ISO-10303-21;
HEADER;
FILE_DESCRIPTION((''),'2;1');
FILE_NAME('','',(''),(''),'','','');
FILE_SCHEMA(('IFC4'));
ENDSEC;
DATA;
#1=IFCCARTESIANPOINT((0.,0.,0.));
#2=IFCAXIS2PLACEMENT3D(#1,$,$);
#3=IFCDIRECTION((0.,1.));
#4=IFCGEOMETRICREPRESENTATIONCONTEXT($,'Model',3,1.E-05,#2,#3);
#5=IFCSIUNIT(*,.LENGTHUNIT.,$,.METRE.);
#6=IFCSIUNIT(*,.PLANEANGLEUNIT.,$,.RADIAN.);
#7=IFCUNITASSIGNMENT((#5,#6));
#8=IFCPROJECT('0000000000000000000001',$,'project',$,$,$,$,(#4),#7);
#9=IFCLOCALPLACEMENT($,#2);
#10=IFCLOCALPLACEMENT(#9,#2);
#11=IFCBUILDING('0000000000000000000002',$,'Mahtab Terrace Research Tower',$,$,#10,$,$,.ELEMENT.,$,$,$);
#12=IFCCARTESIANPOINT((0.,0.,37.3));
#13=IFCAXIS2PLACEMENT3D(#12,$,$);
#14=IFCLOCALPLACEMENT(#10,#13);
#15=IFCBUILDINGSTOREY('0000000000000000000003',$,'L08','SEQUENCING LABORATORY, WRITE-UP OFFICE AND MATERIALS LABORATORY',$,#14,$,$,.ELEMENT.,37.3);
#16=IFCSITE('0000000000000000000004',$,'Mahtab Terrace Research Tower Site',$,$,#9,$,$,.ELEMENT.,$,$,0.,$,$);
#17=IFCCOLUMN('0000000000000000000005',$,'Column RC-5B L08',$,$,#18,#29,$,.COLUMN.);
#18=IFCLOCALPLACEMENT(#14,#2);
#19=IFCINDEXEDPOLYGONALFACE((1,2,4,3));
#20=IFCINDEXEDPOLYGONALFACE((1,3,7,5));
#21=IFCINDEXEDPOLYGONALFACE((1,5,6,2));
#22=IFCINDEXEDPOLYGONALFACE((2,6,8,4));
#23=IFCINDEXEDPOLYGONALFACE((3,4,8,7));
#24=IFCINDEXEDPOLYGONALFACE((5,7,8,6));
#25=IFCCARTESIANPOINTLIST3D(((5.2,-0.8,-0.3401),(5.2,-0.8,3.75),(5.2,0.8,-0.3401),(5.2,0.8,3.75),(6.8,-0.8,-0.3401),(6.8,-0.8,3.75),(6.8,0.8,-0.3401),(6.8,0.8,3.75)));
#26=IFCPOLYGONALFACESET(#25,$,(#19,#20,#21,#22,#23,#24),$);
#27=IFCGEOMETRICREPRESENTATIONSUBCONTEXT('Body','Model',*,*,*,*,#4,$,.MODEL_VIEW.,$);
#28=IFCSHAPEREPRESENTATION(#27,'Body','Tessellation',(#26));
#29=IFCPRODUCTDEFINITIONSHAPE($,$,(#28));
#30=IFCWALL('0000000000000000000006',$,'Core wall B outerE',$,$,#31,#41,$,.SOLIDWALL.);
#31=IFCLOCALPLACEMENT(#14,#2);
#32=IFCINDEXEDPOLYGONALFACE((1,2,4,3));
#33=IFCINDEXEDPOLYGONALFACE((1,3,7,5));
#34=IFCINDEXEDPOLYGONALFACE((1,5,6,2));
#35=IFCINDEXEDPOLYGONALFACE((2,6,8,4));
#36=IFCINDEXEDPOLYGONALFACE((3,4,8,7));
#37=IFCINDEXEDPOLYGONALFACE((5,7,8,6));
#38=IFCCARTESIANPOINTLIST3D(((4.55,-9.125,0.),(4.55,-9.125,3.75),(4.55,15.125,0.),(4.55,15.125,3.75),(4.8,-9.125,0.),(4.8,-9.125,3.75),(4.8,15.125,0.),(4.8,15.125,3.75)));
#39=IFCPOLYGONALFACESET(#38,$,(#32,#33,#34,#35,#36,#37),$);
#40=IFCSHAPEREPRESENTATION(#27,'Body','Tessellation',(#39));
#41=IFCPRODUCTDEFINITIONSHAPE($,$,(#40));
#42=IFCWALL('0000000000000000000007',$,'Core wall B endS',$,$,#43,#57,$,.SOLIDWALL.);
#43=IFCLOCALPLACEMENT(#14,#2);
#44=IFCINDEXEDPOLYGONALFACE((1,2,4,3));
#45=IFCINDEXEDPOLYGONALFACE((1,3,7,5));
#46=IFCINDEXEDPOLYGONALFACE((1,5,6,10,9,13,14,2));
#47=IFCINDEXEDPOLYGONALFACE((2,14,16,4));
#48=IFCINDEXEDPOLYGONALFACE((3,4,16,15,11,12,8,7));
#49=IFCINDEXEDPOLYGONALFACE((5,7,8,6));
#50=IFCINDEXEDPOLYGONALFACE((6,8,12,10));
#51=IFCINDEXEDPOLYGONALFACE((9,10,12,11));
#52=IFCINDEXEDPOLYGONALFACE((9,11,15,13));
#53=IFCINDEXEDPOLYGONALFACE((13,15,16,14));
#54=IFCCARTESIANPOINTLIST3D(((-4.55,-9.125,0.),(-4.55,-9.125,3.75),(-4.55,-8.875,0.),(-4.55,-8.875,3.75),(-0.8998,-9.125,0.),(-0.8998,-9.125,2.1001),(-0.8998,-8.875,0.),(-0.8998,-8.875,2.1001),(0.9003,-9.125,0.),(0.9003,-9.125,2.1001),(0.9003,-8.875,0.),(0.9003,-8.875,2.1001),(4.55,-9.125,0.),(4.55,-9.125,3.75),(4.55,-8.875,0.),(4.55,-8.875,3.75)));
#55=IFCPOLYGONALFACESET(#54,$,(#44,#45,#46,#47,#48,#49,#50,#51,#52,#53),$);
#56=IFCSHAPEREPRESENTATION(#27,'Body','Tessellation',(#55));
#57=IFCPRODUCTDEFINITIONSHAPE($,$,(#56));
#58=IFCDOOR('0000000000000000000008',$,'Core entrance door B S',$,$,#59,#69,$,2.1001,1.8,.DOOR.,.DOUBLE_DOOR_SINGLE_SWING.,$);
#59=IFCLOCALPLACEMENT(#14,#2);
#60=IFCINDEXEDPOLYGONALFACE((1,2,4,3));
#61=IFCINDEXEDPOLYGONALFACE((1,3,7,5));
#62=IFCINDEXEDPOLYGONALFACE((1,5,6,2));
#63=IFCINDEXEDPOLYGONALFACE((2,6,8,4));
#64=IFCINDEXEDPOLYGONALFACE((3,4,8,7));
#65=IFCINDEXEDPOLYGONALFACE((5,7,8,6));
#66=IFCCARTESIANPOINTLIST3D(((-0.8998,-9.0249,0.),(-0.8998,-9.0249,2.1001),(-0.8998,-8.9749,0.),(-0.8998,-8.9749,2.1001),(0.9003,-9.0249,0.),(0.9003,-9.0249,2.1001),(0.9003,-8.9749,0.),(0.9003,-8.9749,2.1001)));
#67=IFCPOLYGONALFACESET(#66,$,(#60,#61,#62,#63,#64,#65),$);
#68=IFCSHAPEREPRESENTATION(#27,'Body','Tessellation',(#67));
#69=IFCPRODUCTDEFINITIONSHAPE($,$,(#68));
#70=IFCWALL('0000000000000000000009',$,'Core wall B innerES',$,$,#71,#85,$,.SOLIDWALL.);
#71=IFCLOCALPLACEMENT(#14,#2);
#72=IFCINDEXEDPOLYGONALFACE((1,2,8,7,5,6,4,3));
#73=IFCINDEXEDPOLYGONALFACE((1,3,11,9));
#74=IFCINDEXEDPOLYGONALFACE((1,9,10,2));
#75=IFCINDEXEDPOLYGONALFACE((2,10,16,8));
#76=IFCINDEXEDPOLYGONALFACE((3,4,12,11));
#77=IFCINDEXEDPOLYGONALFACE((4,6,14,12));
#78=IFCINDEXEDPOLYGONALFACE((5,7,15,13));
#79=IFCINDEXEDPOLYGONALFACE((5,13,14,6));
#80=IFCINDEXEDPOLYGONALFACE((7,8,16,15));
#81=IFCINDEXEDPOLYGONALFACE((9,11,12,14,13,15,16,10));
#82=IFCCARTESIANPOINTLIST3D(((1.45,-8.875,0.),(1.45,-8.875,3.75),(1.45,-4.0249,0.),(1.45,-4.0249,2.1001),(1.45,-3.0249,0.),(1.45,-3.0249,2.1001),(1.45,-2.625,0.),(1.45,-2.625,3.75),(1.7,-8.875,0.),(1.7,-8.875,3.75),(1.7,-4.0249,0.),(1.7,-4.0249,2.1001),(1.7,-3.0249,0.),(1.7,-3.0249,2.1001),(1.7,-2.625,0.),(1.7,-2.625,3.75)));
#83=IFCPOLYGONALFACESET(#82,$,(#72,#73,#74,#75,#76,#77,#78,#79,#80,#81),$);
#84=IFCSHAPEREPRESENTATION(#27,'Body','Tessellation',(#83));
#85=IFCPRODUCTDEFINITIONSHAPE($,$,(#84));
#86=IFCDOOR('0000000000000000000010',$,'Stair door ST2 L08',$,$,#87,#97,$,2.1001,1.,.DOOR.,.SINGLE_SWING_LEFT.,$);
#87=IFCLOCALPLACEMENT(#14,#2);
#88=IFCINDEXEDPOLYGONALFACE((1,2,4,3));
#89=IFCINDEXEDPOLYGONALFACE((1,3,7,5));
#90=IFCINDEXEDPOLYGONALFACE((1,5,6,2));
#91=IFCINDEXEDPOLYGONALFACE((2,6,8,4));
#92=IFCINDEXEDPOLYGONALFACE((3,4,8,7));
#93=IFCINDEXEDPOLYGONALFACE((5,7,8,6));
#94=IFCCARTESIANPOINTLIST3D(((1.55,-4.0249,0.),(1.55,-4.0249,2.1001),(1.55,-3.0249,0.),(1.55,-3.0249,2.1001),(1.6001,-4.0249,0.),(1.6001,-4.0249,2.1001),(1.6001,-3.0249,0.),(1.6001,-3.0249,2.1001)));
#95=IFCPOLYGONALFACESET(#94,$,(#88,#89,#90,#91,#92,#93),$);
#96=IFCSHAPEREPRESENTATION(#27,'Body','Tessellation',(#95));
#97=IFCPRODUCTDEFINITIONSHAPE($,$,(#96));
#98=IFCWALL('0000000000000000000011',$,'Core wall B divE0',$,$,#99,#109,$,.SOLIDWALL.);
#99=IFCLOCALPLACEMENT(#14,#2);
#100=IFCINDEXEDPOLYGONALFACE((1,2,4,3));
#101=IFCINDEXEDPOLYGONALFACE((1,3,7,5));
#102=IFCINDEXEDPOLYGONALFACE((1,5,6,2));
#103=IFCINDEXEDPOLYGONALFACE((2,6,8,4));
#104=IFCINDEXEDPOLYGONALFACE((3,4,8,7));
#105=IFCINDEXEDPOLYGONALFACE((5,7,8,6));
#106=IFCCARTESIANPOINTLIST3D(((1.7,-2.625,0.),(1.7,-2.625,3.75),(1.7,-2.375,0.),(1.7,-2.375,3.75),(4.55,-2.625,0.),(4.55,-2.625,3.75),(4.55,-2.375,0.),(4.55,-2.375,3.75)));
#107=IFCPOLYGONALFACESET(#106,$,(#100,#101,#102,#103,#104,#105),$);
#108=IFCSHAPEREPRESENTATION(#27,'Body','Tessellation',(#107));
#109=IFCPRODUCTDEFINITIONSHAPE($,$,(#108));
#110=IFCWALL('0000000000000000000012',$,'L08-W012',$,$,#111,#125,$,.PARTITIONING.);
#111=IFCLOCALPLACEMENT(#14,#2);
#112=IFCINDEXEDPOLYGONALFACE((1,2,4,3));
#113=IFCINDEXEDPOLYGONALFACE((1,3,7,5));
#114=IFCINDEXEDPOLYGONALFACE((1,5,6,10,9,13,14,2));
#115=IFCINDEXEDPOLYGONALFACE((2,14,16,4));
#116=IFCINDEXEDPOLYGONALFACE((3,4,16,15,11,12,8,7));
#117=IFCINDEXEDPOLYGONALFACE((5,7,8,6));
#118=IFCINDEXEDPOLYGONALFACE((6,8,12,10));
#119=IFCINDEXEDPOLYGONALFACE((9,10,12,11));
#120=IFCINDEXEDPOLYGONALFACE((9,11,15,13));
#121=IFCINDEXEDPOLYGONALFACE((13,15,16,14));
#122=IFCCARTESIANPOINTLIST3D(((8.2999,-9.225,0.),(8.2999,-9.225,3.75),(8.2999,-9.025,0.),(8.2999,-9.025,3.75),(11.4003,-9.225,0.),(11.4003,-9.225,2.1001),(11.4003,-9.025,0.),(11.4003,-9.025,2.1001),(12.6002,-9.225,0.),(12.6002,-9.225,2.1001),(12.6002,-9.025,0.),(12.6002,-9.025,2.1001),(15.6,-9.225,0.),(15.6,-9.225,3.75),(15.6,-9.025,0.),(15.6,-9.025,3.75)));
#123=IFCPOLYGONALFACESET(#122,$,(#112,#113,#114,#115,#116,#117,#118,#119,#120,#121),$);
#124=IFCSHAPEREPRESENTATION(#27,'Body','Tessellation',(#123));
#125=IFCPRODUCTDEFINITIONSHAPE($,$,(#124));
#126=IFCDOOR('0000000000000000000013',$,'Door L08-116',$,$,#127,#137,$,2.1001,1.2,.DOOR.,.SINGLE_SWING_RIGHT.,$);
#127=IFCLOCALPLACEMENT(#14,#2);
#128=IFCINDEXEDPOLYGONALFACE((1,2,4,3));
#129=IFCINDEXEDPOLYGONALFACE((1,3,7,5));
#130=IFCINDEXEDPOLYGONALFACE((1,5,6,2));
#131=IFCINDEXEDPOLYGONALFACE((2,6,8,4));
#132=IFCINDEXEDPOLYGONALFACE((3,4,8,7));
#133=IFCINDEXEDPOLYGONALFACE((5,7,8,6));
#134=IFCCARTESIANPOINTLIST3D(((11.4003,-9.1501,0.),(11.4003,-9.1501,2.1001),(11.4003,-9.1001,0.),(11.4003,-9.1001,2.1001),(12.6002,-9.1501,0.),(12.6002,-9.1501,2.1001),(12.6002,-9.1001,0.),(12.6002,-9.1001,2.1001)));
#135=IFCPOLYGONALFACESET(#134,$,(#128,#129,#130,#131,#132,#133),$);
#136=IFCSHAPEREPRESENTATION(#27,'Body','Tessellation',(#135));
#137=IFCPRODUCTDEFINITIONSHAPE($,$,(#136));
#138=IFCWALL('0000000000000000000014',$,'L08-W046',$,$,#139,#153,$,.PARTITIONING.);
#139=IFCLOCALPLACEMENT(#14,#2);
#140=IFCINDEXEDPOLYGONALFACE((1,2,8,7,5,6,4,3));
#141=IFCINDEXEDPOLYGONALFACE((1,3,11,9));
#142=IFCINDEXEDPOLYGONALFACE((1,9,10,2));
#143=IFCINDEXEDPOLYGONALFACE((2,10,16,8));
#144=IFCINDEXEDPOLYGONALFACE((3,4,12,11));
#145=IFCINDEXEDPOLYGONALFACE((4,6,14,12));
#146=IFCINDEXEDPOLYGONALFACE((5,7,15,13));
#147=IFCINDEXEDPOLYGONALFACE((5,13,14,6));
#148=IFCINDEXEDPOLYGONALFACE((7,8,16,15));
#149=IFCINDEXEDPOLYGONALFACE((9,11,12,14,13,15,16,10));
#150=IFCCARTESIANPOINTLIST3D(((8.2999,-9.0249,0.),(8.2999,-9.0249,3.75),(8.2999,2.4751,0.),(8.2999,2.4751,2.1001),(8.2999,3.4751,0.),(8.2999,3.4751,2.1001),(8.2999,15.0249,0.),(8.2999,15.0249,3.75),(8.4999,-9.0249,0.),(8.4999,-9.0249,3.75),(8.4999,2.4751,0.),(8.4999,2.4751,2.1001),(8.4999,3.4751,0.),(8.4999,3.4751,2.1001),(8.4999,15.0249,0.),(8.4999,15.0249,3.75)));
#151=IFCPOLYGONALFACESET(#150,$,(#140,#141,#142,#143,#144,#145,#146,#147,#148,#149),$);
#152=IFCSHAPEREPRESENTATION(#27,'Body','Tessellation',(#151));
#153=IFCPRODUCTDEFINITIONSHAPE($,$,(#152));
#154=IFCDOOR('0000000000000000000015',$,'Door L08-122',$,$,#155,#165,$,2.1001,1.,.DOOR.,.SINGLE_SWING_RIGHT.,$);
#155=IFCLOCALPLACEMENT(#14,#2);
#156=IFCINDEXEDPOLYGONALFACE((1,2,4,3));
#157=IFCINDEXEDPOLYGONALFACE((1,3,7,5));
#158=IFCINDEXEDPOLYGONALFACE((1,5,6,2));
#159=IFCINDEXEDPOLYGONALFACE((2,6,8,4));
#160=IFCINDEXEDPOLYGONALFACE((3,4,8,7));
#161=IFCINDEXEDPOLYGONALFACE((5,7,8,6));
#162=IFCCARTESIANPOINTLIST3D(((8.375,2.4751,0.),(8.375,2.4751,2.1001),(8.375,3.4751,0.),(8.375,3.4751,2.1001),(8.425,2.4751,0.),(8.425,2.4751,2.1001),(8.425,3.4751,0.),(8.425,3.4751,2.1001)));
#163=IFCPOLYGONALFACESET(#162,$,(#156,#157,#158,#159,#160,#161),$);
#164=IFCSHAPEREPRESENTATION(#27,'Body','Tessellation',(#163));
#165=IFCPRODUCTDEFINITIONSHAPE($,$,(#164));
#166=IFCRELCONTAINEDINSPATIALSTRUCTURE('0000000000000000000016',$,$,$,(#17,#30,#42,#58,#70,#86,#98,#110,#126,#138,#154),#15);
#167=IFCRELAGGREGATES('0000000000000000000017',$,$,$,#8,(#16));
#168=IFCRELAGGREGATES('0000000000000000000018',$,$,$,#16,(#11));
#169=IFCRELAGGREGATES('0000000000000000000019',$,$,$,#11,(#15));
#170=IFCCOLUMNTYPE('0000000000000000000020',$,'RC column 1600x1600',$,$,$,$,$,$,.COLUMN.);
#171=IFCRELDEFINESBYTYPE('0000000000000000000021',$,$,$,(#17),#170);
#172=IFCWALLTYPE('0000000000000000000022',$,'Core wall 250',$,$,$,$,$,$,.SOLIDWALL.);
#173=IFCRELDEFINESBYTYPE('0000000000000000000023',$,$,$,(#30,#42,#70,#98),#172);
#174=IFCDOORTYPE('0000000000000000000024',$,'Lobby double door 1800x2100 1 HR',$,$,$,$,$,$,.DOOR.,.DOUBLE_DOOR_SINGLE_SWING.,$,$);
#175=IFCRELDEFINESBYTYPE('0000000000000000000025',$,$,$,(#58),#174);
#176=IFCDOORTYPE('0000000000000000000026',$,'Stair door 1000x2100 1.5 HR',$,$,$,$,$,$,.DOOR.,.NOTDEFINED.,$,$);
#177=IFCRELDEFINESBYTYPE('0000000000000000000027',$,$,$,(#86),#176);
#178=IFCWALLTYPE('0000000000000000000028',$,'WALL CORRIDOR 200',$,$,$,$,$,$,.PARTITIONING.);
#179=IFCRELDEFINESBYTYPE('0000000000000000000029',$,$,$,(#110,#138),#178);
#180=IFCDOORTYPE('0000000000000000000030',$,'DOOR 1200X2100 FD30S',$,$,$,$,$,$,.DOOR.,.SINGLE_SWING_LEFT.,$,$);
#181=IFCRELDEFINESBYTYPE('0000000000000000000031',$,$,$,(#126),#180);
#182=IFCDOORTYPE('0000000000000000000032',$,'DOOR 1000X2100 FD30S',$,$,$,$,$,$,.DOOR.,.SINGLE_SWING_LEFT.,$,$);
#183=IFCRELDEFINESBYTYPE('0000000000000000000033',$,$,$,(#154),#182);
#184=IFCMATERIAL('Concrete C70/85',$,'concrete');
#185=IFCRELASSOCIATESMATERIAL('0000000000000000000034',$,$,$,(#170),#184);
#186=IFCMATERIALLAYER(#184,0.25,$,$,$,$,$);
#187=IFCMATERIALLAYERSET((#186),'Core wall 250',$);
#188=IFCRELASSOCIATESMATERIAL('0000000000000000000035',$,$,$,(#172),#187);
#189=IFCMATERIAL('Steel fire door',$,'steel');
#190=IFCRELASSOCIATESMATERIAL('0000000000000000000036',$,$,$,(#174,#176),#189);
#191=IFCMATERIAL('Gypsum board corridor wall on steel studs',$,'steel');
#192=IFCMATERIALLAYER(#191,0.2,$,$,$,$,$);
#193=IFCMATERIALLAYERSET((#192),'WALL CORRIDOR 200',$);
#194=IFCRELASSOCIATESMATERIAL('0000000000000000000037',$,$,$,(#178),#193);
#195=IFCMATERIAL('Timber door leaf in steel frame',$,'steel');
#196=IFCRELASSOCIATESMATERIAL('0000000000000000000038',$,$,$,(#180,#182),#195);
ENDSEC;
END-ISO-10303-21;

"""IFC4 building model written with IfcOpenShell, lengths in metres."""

from ifc_helpers import new_model, si_unit, direction, frame, frame_2d, origin, origin_2d, place, context, subcontext, project, spatial, rectangle, extrude, material, layer, layer_set, material_profile, profile_set, type_object, element, fill, save


model = new_model("IFC4")

# Units and contexts
model_context = context("Model", 3, precision=1e-05, world=origin(), true_north=direction((0.0, 1.0)))
body_context = subcontext(model_context, "Body", "Model", "MODEL_VIEW")
ifc_project = project(units=[si_unit("LENGTHUNIT", "METRE"), si_unit("PLANEANGLEUNIT", "RADIAN")], contexts=[model_context])

# Site, building, storey
site_placement = place(None, origin())
site = spatial("IfcSite", under=ifc_project, at=site_placement, Name="Mahtab Terrace Research Tower Site", CompositionType="ELEMENT", RefElevation=0.0)
building_placement = place(site_placement, origin())
building = spatial("IfcBuilding", under=site, at=building_placement, Name="Mahtab Terrace Research Tower", CompositionType="ELEMENT")
storey_placement = place(building_placement, frame((0.0, 0.0, 37.3)))
storey = spatial("IfcBuildingStorey", under=building, at=storey_placement, Name="L08", Description="SEQUENCING LABORATORY, WRITE-UP OFFICE AND MATERIALS LABORATORY", CompositionType="ELEMENT", Elevation=37.3)

# Column
ifc_material_1 = material(Name="Concrete C70/85", Category="concrete")
ifc_material_profile = material_profile(ifc_material_1, rectangle(XDim=1.6001, YDim=1.6001, at=origin_2d()), Name="RC column 1600x1600")
ifc_profile_set = profile_set([ifc_material_profile], Name="Concrete C70/85")
column_type = type_object("IfcColumnType", Name="RC column 1600x1600", PredefinedType="COLUMN", material=ifc_profile_set)
column_placement = place(storey_placement, frame((6.0, 0.0, -0.3401), z_axis=(0.0, 0.0, 1.0), x_axis=(1.0, 0.0, 0.0)))
element("IfcColumn", 1, at=column_placement, inside=storey, type_object=column_type, Name="Column RC-5B L08", PredefinedType="COLUMN", context=body_context, shape_type="SweptSolid", body=[
    extrude(rectangle(XDim=1.6001, YDim=1.6001, at=origin_2d()), origin(), (0.0, 0.0, 1.0), 4.0901),
])

# Wall
ifc_layer_1 = layer(ifc_material_1, 0.25)
ifc_layer_set_1 = layer_set([ifc_layer_1], Name="Core wall 250")
wall_type_1 = type_object("IfcWallType", Name="Core wall 250", PredefinedType="SOLIDWALL", material=ifc_layer_set_1)
wall_1_placement = place(storey_placement, frame((4.675, -9.125, 0.0), z_axis=(0.0, 0.0, 1.0), x_axis=(0.0, 1.0, 0.0)))
element("IfcWall", 2, at=wall_1_placement, inside=storey, type_object=wall_type_1, Name="Core wall B outerE", PredefinedType="SOLIDWALL", context=body_context, shape_type="SweptSolid", body=[
    extrude(rectangle(XDim=24.25, YDim=0.25, at=frame_2d((12.125, 0.0))), origin(), (0.0, 0.0, 1.0), 3.75),
])

# Walls, openings, doors
wall_2_placement = place(storey_placement, frame((4.55, -9.0, 0.0), z_axis=(0.0, 0.0, 1.0), x_axis=(-1.0, 0.0, 0.0)))
wall_2 = element("IfcWall", 3, at=wall_2_placement, inside=storey, type_object=wall_type_1, Name="Core wall B endS", PredefinedType="SOLIDWALL", context=body_context, shape_type="SweptSolid", body=[
    extrude(rectangle(XDim=9.1001, YDim=0.25, at=frame_2d((4.55, 0.0))), origin(), (0.0, 0.0, 1.0), 3.75),
])
opening_1_placement = place(wall_2_placement, frame((3.6499, 0.0, 0.0)))
opening_1 = element("IfcOpeningElement", 4, at=opening_1_placement, cuts=wall_2, PredefinedType="OPENING", context=body_context, shape_type="SweptSolid", body=[
    extrude(rectangle(XDim=1.8, YDim=2.1001, at=frame_2d((0.8999, 1.05))), frame((0.0, 0.135, 0.0), z_axis=(0.0, -1.0, 0.0), x_axis=(1.0, 0.0, 0.0)), (0.0, 0.0, 1.0), 0.27),
])
ifc_material_2 = material(Name="Steel fire door", Category="steel")
door_type_1 = type_object("IfcDoorType", Name="Lobby double door 1800x2100 1 HR", OperationType="DOUBLE_DOOR_SINGLE_SWING", PredefinedType="DOOR", material=ifc_material_2)
door_1_placement = place(opening_1_placement, origin())
door_1 = element("IfcDoor", 5, at=door_1_placement, inside=storey, type_object=door_type_1, Name="Core entrance door B S", OperationType="DOUBLE_DOOR_SINGLE_SWING", OverallHeight=2.1001, OverallWidth=1.8, PredefinedType="DOOR", context=body_context, shape_type="SweptSolid", body=[
    extrude(rectangle(XDim=1.8, YDim=2.1001, at=frame_2d((0.8999, 1.05))), frame((0.0, 0.0249, 0.0), z_axis=(0.0, -1.0, 0.0), x_axis=(1.0, 0.0, 0.0)), (0.0, 0.0, 1.0), 0.05),
])
fill(opening_1, door_1)
wall_3_placement = place(storey_placement, frame((1.575, -8.875, 0.0), z_axis=(0.0, 0.0, 1.0), x_axis=(0.0, 1.0, 0.0)))
wall_3 = element("IfcWall", 6, at=wall_3_placement, inside=storey, type_object=wall_type_1, Name="Core wall B innerES", PredefinedType="SOLIDWALL", context=body_context, shape_type="SweptSolid", body=[
    extrude(rectangle(XDim=6.25, YDim=0.25, at=frame_2d((3.125, 0.0))), origin(), (0.0, 0.0, 1.0), 3.75),
])
opening_2_placement = place(wall_3_placement, frame((4.8501, 0.0, 0.0)))
opening_2 = element("IfcOpeningElement", 7, at=opening_2_placement, cuts=wall_3, PredefinedType="OPENING", context=body_context, shape_type="SweptSolid", body=[
    extrude(rectangle(XDim=1.0, YDim=2.1001, at=frame_2d((0.5, 1.05))), frame((0.0, 0.135, 0.0), z_axis=(0.0, -1.0, 0.0), x_axis=(1.0, 0.0, 0.0)), (0.0, 0.0, 1.0), 0.27),
])
door_type_2 = type_object("IfcDoorType", Name="Stair door 1000x2100 1.5 HR", OperationType="NOTDEFINED", PredefinedType="DOOR", material=ifc_material_2)
door_2_placement = place(opening_2_placement, origin())
door_2 = element("IfcDoor", 8, at=door_2_placement, inside=storey, type_object=door_type_2, Name="Stair door ST2 L08", OperationType="SINGLE_SWING_LEFT", OverallHeight=2.1001, OverallWidth=1.0, PredefinedType="DOOR", context=body_context, shape_type="SweptSolid", body=[
    extrude(rectangle(XDim=1.0, YDim=2.1001, at=frame_2d((0.5, 1.05))), frame((0.0, 0.0249, 0.0), z_axis=(0.0, -1.0, 0.0), x_axis=(1.0, 0.0, 0.0)), (0.0, 0.0, 1.0), 0.05),
])
fill(opening_2, door_2)

# Wall
wall_4_placement = place(storey_placement, frame((1.7, -2.5, 0.0), z_axis=(0.0, 0.0, 1.0), x_axis=(1.0, 0.0, 0.0)))
element("IfcWall", 9, at=wall_4_placement, inside=storey, type_object=wall_type_1, Name="Core wall B divE0", PredefinedType="SOLIDWALL", context=body_context, shape_type="SweptSolid", body=[
    extrude(rectangle(XDim=2.8501, YDim=0.25, at=frame_2d((1.425, 0.0))), origin(), (0.0, 0.0, 1.0), 3.75),
])

# Walls, openings, doors
ifc_material_3 = material(Name="Gypsum board corridor wall on steel studs", Category="steel")
ifc_layer_2 = layer(ifc_material_3, 0.2)
ifc_layer_set_2 = layer_set([ifc_layer_2], Name="WALL CORRIDOR 200")
wall_type_2 = type_object("IfcWallType", Name="WALL CORRIDOR 200", PredefinedType="PARTITIONING", material=ifc_layer_set_2)
wall_5_placement = place(storey_placement, frame((8.3, -9.125, 0.0), z_axis=(0.0, 0.0, 1.0), x_axis=(1.0, 0.0, 0.0)))
wall_5 = element("IfcWall", 10, at=wall_5_placement, inside=storey, type_object=wall_type_2, Name="L08-W012", PredefinedType="PARTITIONING", context=body_context, shape_type="SweptSolid", body=[
    extrude(rectangle(XDim=7.3, YDim=0.2, at=frame_2d((3.6499, 0.0))), origin(), (0.0, 0.0, 1.0), 3.75),
])
opening_3_placement = place(wall_5_placement, frame((3.1001, 0.0, 0.0)))
opening_3 = element("IfcOpeningElement", 11, at=opening_3_placement, cuts=wall_5, PredefinedType="OPENING", context=body_context, shape_type="SweptSolid", body=[
    extrude(rectangle(XDim=1.2, YDim=2.1001, at=frame_2d((0.6001, 1.05))), frame((0.0, 0.1099, 0.0), z_axis=(0.0, -1.0, 0.0), x_axis=(1.0, 0.0, 0.0)), (0.0, 0.0, 1.0), 0.22),
])
ifc_material_4 = material(Name="Timber door leaf in steel frame", Category="steel")
door_type_3 = type_object("IfcDoorType", Name="DOOR 1200X2100 FD30S", OperationType="SINGLE_SWING_LEFT", PredefinedType="DOOR", material=ifc_material_4)
door_3_placement = place(opening_3_placement, origin())
door_3 = element("IfcDoor", 12, at=door_3_placement, inside=storey, type_object=door_type_3, Name="Door L08-116", OperationType="SINGLE_SWING_RIGHT", OverallHeight=2.1001, OverallWidth=1.2, PredefinedType="DOOR", context=body_context, shape_type="SweptSolid", body=[
    extrude(rectangle(XDim=1.2, YDim=2.1001, at=frame_2d((0.6001, 1.05))), frame((0.0, 0.0249, 0.0), z_axis=(0.0, -1.0, 0.0), x_axis=(1.0, 0.0, 0.0)), (0.0, 0.0, 1.0), 0.05),
])
fill(opening_3, door_3)
wall_6_placement = place(storey_placement, frame((8.3999, -9.0249, 0.0), z_axis=(0.0, 0.0, 1.0), x_axis=(0.0, 1.0, 0.0)))
wall_6 = element("IfcWall", 13, at=wall_6_placement, inside=storey, type_object=wall_type_2, Name="L08-W046", PredefinedType="PARTITIONING", context=body_context, shape_type="SweptSolid", body=[
    extrude(rectangle(XDim=24.0498, YDim=0.2, at=frame_2d((12.0249, 0.0))), origin(), (0.0, 0.0, 1.0), 3.75),
])
opening_4_placement = place(wall_6_placement, frame((11.5, 0.0, 0.0)))
opening_4 = element("IfcOpeningElement", 14, at=opening_4_placement, cuts=wall_6, PredefinedType="OPENING", context=body_context, shape_type="SweptSolid", body=[
    extrude(rectangle(XDim=1.0, YDim=2.1001, at=frame_2d((0.5, 1.05))), frame((0.0, 0.1099, 0.0), z_axis=(0.0, -1.0, 0.0), x_axis=(1.0, 0.0, 0.0)), (0.0, 0.0, 1.0), 0.22),
])
door_type_4 = type_object("IfcDoorType", Name="DOOR 1000X2100 FD30S", OperationType="SINGLE_SWING_LEFT", PredefinedType="DOOR", material=ifc_material_4)
door_4_placement = place(opening_4_placement, origin())
door_4 = element("IfcDoor", 15, at=door_4_placement, inside=storey, type_object=door_type_4, Name="Door L08-122", OperationType="SINGLE_SWING_RIGHT", OverallHeight=2.1001, OverallWidth=1.0, PredefinedType="DOOR", context=body_context, shape_type="SweptSolid", body=[
    extrude(rectangle(XDim=1.0, YDim=2.1001, at=frame_2d((0.5, 1.05))), frame((0.0, 0.0249, 0.0), z_axis=(0.0, -1.0, 0.0), x_axis=(1.0, 0.0, 0.0)), (0.0, 0.0, 1.0), 0.05),
])
fill(opening_4, door_4)

save(model, "model.ifc")
